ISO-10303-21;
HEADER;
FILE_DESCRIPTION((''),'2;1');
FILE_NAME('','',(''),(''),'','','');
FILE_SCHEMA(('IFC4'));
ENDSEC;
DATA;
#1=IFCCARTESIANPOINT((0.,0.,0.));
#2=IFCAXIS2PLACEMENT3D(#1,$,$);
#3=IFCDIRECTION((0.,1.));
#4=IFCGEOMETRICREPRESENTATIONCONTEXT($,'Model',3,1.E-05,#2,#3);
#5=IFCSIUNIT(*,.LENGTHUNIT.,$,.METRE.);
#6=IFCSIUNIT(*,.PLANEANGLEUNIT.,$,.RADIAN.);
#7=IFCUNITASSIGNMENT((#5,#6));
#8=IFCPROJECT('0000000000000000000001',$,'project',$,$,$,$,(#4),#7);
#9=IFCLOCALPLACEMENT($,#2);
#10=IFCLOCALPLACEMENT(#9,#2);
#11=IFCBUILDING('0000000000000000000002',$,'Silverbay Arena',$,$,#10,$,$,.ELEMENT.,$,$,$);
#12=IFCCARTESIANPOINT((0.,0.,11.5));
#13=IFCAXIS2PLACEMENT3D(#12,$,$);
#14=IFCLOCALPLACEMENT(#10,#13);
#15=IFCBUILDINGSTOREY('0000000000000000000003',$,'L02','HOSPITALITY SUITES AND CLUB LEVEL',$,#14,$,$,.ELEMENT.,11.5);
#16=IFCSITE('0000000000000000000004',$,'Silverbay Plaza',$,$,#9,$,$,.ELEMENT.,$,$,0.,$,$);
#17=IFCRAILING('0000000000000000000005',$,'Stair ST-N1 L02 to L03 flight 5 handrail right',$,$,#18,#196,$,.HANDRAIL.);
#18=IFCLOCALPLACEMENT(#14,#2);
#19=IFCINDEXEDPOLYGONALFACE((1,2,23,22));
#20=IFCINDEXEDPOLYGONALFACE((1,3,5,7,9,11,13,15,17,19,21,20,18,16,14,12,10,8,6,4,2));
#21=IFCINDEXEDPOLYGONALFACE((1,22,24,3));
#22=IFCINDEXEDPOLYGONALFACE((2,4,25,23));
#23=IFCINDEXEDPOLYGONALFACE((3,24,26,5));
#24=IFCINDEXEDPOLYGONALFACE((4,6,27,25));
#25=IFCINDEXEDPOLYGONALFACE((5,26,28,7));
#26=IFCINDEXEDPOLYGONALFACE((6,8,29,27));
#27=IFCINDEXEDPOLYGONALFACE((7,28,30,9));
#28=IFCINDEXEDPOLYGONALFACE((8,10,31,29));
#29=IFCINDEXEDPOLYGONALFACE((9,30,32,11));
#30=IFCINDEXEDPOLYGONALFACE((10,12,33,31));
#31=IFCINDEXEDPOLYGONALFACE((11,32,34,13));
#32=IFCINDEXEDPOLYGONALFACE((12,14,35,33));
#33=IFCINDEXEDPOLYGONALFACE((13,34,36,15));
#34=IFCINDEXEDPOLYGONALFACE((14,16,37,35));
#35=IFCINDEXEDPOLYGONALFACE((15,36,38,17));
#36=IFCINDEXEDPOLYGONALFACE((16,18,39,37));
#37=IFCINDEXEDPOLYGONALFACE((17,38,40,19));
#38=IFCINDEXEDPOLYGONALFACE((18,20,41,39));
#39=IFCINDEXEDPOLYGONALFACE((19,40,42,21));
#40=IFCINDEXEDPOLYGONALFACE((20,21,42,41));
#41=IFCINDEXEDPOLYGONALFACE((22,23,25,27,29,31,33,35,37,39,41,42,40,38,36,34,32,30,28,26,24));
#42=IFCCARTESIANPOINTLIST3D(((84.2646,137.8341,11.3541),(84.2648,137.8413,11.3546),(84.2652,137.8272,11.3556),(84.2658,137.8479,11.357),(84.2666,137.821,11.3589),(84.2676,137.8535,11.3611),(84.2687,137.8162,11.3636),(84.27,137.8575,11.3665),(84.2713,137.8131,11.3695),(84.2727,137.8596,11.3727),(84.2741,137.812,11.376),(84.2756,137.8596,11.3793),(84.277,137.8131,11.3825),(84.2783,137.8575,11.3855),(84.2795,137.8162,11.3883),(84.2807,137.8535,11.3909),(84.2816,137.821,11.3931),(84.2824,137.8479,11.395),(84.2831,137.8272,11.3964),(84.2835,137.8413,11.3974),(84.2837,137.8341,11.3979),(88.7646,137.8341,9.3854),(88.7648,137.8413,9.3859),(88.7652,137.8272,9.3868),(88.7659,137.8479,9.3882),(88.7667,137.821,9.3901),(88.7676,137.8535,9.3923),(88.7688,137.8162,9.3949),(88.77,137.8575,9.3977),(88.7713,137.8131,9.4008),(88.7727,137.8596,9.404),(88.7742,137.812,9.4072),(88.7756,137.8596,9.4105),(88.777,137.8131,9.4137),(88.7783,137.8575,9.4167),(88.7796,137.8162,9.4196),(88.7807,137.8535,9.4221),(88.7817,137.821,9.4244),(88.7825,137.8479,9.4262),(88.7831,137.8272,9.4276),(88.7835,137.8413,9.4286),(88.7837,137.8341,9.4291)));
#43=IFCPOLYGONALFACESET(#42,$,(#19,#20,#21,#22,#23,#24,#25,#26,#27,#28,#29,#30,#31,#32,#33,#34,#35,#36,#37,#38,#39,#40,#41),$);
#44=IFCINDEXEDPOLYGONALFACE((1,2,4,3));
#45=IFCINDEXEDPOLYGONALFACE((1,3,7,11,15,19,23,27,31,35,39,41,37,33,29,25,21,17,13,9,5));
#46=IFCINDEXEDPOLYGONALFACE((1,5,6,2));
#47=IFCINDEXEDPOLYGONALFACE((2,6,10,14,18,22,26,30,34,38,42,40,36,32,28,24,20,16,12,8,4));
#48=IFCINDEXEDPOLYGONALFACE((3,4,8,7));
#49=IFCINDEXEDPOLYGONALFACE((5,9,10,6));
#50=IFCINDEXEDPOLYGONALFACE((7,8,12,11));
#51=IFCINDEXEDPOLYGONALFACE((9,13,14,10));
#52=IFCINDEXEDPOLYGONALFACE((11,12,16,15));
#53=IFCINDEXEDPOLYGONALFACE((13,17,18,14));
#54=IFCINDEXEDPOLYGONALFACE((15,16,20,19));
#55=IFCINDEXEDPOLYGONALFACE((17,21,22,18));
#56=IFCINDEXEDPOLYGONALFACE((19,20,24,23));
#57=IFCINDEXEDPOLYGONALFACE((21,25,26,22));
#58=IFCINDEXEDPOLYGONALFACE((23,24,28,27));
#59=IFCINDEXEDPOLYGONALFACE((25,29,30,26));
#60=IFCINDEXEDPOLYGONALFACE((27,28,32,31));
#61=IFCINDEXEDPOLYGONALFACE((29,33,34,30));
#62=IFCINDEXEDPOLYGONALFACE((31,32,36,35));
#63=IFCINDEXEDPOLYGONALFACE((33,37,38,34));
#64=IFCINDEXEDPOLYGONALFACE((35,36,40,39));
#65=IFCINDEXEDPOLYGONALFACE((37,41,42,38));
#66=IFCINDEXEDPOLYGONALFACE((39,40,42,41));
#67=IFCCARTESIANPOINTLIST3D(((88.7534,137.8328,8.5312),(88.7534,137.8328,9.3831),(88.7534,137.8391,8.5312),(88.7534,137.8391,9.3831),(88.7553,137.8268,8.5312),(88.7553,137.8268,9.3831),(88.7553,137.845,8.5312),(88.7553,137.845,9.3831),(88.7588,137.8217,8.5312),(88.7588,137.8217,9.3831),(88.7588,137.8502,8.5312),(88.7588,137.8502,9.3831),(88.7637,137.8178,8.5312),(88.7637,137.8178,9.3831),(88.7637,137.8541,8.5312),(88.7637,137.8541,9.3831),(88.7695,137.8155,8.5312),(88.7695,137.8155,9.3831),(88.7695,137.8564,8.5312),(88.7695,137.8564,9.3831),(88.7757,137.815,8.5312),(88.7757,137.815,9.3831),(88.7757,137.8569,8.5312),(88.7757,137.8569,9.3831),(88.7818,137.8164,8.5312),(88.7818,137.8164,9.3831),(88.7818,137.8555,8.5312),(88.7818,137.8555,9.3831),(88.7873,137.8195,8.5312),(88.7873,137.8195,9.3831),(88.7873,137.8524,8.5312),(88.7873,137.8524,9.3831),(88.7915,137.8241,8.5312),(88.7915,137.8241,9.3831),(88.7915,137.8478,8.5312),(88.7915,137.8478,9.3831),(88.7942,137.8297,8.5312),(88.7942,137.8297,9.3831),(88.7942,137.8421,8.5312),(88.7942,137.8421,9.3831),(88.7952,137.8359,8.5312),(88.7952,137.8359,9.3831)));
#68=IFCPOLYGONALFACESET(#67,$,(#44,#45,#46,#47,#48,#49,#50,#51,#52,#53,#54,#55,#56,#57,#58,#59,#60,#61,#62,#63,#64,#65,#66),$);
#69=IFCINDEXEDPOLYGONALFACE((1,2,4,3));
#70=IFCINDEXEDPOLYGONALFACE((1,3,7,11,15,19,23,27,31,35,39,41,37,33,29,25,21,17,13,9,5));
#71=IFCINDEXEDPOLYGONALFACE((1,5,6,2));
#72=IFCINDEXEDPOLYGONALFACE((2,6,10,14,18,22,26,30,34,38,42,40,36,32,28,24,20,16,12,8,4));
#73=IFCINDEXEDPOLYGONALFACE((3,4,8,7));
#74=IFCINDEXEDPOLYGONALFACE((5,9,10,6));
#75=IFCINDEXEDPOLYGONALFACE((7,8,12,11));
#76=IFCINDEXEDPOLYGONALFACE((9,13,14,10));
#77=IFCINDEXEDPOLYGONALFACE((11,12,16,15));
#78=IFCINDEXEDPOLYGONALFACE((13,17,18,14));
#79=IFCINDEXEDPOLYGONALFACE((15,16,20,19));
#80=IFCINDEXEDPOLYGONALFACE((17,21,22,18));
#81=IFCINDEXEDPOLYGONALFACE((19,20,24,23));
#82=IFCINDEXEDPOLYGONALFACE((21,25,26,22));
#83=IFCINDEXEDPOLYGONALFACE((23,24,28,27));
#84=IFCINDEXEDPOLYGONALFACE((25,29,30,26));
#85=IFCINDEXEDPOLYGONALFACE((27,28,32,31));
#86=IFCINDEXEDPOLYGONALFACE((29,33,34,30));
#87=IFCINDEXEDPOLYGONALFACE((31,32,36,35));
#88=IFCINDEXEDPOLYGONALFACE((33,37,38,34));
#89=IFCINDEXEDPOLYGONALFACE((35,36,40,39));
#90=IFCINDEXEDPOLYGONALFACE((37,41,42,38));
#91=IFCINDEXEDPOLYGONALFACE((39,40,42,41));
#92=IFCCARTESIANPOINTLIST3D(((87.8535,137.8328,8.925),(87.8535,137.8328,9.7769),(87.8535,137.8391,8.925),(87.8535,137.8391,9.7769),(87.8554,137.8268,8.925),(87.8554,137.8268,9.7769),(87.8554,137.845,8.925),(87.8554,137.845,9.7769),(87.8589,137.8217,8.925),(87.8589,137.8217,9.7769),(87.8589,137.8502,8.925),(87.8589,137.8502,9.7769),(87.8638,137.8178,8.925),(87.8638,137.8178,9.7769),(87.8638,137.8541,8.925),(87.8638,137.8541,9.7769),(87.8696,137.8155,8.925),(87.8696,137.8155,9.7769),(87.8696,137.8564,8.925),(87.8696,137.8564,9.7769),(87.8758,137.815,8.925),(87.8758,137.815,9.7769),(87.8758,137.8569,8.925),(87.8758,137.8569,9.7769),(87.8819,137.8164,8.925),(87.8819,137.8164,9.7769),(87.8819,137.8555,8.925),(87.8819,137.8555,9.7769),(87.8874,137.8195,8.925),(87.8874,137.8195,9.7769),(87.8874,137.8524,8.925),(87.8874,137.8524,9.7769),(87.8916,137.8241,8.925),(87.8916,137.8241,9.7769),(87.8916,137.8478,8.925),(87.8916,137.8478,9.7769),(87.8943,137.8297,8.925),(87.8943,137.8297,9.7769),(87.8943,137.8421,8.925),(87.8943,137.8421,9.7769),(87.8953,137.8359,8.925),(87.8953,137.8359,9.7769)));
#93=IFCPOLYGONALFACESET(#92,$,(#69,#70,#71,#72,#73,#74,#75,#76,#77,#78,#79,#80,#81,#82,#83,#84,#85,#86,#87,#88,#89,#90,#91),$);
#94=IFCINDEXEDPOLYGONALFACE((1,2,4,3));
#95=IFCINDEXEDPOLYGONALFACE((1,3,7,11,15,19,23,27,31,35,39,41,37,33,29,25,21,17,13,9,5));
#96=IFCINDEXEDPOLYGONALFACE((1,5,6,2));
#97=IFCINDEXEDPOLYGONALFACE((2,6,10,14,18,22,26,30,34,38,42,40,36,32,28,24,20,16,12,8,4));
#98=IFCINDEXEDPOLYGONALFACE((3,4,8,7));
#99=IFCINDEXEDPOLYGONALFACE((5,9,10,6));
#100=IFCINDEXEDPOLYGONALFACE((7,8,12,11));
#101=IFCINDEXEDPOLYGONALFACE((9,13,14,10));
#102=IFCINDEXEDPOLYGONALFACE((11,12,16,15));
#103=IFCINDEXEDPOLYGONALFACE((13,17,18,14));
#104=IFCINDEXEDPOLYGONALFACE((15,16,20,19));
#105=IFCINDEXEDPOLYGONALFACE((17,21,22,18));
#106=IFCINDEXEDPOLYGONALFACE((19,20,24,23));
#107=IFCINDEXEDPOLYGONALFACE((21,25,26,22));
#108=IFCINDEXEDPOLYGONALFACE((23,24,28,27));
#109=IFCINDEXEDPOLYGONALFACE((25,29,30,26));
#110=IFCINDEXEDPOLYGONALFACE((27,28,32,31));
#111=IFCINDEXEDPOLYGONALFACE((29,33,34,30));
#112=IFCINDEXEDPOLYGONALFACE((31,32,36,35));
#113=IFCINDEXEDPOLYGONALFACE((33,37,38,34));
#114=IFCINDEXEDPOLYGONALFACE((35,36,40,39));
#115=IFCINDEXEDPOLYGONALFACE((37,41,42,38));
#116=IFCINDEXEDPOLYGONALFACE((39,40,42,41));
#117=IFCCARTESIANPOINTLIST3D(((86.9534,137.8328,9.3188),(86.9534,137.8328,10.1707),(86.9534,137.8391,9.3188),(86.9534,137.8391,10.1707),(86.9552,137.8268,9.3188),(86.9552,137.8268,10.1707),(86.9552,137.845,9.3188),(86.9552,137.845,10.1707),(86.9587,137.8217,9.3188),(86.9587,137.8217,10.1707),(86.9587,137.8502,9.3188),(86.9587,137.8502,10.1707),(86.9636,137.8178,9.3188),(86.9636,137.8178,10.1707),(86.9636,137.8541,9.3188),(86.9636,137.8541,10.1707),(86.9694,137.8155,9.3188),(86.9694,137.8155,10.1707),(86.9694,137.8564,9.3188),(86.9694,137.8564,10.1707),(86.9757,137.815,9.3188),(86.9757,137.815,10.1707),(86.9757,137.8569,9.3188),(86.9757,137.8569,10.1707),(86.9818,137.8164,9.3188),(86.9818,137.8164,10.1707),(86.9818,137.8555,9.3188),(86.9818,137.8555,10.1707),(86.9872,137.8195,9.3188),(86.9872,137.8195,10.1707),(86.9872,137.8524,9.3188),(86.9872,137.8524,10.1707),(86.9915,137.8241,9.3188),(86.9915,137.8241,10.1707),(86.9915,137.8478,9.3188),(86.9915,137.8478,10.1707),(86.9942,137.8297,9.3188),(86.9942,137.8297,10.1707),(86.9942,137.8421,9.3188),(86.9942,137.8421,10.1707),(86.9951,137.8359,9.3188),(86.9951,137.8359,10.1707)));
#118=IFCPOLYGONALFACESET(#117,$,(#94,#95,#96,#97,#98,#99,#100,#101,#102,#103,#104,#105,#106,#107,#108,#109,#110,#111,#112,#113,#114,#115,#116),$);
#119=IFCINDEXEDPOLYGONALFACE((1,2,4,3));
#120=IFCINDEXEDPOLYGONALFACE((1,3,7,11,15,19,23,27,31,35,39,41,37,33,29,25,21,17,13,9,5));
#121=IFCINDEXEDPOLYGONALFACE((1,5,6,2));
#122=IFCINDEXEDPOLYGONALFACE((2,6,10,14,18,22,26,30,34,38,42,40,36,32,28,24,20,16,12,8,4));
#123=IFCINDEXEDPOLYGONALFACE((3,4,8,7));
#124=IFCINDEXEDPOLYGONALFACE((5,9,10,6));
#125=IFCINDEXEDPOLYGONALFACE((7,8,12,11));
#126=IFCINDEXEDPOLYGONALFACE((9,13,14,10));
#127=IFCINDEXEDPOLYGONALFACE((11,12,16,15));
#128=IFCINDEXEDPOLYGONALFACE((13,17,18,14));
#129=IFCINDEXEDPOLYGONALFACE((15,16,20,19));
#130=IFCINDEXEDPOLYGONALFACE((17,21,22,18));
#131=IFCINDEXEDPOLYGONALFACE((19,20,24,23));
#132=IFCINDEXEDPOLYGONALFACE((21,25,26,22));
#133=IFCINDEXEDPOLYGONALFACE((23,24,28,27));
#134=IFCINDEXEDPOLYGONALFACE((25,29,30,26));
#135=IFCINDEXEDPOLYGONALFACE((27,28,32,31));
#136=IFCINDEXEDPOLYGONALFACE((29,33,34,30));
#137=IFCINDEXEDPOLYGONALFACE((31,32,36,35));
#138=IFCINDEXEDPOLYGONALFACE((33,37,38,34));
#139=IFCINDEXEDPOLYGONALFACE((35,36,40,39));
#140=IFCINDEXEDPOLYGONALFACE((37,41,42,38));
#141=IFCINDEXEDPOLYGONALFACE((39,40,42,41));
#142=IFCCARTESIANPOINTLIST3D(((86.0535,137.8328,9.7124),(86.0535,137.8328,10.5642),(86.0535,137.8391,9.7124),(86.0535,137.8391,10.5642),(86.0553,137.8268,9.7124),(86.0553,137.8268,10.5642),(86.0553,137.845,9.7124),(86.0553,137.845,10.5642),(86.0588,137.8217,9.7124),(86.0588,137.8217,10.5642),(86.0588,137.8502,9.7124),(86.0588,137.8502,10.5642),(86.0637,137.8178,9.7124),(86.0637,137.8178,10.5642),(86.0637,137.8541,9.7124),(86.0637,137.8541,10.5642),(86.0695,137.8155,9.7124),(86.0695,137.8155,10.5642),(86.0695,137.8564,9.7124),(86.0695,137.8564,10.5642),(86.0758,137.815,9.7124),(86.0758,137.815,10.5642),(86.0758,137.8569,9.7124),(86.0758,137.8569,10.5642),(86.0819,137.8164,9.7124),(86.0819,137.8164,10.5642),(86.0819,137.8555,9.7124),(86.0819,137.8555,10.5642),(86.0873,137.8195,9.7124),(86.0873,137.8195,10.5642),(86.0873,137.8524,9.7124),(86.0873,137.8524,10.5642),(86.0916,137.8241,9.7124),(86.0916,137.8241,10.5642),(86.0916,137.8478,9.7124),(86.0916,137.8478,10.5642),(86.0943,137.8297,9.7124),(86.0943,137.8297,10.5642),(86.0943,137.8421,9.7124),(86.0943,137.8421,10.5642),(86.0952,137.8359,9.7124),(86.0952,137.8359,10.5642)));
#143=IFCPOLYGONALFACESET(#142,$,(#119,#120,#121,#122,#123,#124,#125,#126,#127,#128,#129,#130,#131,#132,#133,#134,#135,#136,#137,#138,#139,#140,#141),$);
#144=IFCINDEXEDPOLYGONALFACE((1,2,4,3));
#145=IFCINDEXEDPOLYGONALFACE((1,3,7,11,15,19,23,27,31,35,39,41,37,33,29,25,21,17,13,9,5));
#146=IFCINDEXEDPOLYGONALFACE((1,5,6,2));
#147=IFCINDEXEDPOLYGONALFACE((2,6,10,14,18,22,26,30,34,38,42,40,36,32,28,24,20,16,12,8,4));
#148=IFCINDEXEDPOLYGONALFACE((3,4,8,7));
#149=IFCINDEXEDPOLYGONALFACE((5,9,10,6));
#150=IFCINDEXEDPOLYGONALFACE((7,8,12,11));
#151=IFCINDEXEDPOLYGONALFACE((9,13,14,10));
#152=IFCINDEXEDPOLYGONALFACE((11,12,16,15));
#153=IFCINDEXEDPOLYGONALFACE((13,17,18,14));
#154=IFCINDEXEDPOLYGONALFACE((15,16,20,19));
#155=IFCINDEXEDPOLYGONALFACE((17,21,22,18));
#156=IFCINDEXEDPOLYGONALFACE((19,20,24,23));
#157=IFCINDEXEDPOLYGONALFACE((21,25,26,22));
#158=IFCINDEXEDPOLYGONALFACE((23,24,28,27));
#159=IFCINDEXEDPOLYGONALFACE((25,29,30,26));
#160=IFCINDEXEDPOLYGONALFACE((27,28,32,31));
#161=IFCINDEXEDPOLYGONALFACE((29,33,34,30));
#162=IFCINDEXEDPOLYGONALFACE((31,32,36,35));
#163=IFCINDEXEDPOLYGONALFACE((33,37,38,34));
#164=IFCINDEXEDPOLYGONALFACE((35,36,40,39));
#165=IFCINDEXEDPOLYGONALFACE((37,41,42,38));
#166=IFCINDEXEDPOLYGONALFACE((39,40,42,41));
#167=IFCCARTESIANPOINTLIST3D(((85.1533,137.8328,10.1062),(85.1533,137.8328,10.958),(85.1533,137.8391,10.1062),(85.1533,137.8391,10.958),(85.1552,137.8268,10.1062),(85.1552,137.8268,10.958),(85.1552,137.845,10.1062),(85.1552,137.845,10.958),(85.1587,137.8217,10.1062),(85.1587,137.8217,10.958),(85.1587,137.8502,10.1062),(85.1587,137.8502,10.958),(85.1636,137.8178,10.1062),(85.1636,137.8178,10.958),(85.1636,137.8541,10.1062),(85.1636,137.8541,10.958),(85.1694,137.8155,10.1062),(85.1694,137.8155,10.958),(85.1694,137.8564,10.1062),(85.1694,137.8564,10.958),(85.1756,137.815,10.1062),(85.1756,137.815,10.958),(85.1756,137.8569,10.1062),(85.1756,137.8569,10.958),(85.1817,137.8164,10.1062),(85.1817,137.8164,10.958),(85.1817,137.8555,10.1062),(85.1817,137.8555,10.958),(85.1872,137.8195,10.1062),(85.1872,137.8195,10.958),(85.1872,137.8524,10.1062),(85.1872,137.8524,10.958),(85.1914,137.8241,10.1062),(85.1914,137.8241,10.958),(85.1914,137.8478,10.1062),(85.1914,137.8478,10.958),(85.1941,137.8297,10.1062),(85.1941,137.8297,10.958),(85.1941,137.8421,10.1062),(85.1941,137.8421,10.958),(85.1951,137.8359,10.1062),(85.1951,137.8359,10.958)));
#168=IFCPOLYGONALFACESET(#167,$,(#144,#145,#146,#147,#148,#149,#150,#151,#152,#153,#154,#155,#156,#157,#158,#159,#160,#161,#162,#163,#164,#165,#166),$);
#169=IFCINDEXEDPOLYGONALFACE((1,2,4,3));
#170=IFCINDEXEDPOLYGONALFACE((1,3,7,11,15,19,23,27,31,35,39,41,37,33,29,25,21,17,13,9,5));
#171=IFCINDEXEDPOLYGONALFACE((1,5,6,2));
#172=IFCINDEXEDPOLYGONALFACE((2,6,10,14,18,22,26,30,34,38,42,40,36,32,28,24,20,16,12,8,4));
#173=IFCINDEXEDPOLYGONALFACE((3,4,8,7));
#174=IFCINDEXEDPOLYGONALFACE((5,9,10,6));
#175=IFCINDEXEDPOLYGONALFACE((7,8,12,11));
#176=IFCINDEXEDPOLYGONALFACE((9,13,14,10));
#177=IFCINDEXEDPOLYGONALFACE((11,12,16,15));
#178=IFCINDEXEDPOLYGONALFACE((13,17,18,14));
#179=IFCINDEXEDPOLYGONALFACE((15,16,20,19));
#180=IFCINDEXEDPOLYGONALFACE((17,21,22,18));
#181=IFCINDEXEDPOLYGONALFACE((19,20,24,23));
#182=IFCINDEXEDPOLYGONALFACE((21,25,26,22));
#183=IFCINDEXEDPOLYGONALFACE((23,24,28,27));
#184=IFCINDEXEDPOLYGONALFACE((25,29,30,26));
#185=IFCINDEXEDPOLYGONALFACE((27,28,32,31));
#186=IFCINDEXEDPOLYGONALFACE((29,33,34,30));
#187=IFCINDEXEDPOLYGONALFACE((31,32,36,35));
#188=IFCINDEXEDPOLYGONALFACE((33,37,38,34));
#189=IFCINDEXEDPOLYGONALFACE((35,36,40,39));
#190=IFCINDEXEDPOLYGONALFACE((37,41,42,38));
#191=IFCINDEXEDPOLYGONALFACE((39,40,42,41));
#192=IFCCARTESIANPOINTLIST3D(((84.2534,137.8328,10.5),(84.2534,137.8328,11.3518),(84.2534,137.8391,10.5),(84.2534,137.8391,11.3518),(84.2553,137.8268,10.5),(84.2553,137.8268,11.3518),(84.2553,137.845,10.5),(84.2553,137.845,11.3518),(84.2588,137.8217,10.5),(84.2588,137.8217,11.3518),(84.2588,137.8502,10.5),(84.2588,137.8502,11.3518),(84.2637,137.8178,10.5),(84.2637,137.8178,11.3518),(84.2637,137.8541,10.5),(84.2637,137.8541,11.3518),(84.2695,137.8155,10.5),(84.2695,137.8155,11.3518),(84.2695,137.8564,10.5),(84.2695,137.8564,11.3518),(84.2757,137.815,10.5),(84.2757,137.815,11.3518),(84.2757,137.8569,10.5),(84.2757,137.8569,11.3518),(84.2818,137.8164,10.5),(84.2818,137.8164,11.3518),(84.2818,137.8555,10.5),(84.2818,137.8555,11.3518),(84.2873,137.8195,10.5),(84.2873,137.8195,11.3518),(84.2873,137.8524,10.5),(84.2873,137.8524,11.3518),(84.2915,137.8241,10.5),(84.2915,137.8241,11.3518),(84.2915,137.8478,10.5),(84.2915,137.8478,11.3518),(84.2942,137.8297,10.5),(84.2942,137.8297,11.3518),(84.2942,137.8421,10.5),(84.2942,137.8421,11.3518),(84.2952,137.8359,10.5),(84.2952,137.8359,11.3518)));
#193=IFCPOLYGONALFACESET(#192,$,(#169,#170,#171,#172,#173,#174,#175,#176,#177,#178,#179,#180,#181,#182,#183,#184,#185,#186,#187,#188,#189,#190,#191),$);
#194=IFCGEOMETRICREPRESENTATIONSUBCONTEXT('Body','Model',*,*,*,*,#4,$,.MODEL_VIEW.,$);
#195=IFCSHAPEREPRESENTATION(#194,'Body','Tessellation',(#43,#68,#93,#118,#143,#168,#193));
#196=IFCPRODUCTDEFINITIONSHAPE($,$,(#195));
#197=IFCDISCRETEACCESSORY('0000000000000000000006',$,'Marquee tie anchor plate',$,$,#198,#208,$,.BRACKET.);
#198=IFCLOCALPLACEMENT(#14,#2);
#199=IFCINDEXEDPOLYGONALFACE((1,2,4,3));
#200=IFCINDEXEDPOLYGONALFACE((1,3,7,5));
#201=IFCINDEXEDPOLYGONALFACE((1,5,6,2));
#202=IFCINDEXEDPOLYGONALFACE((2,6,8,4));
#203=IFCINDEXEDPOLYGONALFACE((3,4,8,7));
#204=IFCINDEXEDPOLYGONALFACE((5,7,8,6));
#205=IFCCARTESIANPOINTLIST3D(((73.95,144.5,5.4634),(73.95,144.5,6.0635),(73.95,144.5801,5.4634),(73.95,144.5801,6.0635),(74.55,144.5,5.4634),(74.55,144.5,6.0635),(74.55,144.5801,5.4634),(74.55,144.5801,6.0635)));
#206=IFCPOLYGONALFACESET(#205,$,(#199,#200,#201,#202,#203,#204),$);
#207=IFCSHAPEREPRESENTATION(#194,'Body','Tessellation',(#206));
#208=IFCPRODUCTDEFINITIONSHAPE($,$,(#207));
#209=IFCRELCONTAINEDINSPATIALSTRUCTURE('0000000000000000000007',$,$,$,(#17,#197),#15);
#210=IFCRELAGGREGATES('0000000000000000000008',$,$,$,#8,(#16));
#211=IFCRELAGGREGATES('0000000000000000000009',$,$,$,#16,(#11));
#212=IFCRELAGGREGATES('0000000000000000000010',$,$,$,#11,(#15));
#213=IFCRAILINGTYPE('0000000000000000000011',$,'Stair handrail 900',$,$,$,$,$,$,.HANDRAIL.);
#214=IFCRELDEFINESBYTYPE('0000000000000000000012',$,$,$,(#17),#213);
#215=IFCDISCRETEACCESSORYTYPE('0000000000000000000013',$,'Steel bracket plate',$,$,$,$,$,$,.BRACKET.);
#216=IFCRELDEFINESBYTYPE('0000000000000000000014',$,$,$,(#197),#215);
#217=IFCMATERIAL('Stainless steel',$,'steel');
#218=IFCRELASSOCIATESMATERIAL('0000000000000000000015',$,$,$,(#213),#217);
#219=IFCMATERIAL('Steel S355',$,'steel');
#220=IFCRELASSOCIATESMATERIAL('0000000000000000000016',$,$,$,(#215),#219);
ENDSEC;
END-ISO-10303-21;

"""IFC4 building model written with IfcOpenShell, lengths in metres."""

from ifc_helpers import new_model, si_unit, direction, frame, origin, origin_2d, place, context, subcontext, project, spatial, rectangle, circle, extrude, material, type_object, element, save


model = new_model("IFC4")

# Units and contexts
model_context = context("Model", 3, precision=1e-05, world=origin(), true_north=direction((0.0, 1.0)))
body_context = subcontext(model_context, "Body", "Model", "MODEL_VIEW")
ifc_project = project(units=[si_unit("LENGTHUNIT", "METRE"), si_unit("PLANEANGLEUNIT", "RADIAN")], contexts=[model_context])

# Site, building, storey
site_placement = place(None, origin())
site = spatial("IfcSite", under=ifc_project, at=site_placement, Name="Silverbay Plaza", CompositionType="ELEMENT", RefElevation=0.0)
building_placement = place(site_placement, origin())
building = spatial("IfcBuilding", under=site, at=building_placement, Name="Silverbay Arena", CompositionType="ELEMENT")
storey_placement = place(building_placement, frame((0.0, 0.0, 11.5)))
storey = spatial("IfcBuildingStorey", under=building, at=storey_placement, Name="L02", Description="HOSPITALITY SUITES AND CLUB LEVEL", CompositionType="ELEMENT", Elevation=11.5)

# Railing
ifc_material_1 = material(Name="Stainless steel", Category="steel")
railing_type_1 = type_object("IfcRailingType", Name="Stair handrail 900", PredefinedType="HANDRAIL", material=ifc_material_1)
for number, where, name in (
    (1, (88.7742, 137.8359, 8.5312), "Stair ST-N1 L02 to L03 flight 5 handrail right"),
):
    element("IfcRailing", number, at=place(storey_placement, frame(where)), inside=storey, type_object=railing_type_1, Name=name, PredefinedType="HANDRAIL", context=body_context, shape_type="SweptSolid", body=[
        extrude(circle(Radius=0.0239, at=origin_2d()), frame((0.0, 0.0, 0.876), z_axis=(-0.916157, 0.0, 0.400819), x_axis=(0.0, -1.0, 0.0)), (0.0, 0.0, 1.0), 4.9119),
        extrude(circle(Radius=0.021, at=origin_2d()), origin(), (0.0, 0.0, 1.0), 0.8518),
        extrude(circle(Radius=0.021, at=origin_2d()), frame((-0.8999, 0.0, 0.3938)), (0.0, 0.0, 1.0), 0.8518),
        extrude(circle(Radius=0.021, at=origin_2d()), frame((-1.8, 0.0, 0.7876)), (0.0, 0.0, 1.0), 0.8518),
        extrude(circle(Radius=0.021, at=origin_2d()), frame((-2.7, 0.0, 1.1812)), (0.0, 0.0, 1.0), 0.8518),
        extrude(circle(Radius=0.021, at=origin_2d()), frame((-3.6001, 0.0, 1.575)), (0.0, 0.0, 1.0), 0.8518),
        extrude(circle(Radius=0.021, at=origin_2d()), frame((-4.5, 0.0, 1.9688)), (0.0, 0.0, 1.0), 0.8518),
    ])

# Discrete accessory
ifc_material_2 = material(Name="Steel S355", Category="steel")
discrete_accessory_type = type_object("IfcDiscreteAccessoryType", Name="Steel bracket plate", PredefinedType="BRACKET", material=ifc_material_2)
discrete_accessory_1_placement = place(storey_placement, frame((74.25, 144.54, 5.4634), z_axis=(0.0, 0.0, 1.0), x_axis=(1.0, 0.0, 0.0)))
element("IfcDiscreteAccessory", 2, at=discrete_accessory_1_placement, inside=storey, type_object=discrete_accessory_type, Name="Marquee tie anchor plate", PredefinedType="BRACKET", context=body_context, shape_type="SweptSolid", body=[
    extrude(rectangle(XDim=0.6001, YDim=0.0801, at=origin_2d()), origin(), (0.0, 0.0, 1.0), 0.6001),
])

save(model, "model.ifc")
